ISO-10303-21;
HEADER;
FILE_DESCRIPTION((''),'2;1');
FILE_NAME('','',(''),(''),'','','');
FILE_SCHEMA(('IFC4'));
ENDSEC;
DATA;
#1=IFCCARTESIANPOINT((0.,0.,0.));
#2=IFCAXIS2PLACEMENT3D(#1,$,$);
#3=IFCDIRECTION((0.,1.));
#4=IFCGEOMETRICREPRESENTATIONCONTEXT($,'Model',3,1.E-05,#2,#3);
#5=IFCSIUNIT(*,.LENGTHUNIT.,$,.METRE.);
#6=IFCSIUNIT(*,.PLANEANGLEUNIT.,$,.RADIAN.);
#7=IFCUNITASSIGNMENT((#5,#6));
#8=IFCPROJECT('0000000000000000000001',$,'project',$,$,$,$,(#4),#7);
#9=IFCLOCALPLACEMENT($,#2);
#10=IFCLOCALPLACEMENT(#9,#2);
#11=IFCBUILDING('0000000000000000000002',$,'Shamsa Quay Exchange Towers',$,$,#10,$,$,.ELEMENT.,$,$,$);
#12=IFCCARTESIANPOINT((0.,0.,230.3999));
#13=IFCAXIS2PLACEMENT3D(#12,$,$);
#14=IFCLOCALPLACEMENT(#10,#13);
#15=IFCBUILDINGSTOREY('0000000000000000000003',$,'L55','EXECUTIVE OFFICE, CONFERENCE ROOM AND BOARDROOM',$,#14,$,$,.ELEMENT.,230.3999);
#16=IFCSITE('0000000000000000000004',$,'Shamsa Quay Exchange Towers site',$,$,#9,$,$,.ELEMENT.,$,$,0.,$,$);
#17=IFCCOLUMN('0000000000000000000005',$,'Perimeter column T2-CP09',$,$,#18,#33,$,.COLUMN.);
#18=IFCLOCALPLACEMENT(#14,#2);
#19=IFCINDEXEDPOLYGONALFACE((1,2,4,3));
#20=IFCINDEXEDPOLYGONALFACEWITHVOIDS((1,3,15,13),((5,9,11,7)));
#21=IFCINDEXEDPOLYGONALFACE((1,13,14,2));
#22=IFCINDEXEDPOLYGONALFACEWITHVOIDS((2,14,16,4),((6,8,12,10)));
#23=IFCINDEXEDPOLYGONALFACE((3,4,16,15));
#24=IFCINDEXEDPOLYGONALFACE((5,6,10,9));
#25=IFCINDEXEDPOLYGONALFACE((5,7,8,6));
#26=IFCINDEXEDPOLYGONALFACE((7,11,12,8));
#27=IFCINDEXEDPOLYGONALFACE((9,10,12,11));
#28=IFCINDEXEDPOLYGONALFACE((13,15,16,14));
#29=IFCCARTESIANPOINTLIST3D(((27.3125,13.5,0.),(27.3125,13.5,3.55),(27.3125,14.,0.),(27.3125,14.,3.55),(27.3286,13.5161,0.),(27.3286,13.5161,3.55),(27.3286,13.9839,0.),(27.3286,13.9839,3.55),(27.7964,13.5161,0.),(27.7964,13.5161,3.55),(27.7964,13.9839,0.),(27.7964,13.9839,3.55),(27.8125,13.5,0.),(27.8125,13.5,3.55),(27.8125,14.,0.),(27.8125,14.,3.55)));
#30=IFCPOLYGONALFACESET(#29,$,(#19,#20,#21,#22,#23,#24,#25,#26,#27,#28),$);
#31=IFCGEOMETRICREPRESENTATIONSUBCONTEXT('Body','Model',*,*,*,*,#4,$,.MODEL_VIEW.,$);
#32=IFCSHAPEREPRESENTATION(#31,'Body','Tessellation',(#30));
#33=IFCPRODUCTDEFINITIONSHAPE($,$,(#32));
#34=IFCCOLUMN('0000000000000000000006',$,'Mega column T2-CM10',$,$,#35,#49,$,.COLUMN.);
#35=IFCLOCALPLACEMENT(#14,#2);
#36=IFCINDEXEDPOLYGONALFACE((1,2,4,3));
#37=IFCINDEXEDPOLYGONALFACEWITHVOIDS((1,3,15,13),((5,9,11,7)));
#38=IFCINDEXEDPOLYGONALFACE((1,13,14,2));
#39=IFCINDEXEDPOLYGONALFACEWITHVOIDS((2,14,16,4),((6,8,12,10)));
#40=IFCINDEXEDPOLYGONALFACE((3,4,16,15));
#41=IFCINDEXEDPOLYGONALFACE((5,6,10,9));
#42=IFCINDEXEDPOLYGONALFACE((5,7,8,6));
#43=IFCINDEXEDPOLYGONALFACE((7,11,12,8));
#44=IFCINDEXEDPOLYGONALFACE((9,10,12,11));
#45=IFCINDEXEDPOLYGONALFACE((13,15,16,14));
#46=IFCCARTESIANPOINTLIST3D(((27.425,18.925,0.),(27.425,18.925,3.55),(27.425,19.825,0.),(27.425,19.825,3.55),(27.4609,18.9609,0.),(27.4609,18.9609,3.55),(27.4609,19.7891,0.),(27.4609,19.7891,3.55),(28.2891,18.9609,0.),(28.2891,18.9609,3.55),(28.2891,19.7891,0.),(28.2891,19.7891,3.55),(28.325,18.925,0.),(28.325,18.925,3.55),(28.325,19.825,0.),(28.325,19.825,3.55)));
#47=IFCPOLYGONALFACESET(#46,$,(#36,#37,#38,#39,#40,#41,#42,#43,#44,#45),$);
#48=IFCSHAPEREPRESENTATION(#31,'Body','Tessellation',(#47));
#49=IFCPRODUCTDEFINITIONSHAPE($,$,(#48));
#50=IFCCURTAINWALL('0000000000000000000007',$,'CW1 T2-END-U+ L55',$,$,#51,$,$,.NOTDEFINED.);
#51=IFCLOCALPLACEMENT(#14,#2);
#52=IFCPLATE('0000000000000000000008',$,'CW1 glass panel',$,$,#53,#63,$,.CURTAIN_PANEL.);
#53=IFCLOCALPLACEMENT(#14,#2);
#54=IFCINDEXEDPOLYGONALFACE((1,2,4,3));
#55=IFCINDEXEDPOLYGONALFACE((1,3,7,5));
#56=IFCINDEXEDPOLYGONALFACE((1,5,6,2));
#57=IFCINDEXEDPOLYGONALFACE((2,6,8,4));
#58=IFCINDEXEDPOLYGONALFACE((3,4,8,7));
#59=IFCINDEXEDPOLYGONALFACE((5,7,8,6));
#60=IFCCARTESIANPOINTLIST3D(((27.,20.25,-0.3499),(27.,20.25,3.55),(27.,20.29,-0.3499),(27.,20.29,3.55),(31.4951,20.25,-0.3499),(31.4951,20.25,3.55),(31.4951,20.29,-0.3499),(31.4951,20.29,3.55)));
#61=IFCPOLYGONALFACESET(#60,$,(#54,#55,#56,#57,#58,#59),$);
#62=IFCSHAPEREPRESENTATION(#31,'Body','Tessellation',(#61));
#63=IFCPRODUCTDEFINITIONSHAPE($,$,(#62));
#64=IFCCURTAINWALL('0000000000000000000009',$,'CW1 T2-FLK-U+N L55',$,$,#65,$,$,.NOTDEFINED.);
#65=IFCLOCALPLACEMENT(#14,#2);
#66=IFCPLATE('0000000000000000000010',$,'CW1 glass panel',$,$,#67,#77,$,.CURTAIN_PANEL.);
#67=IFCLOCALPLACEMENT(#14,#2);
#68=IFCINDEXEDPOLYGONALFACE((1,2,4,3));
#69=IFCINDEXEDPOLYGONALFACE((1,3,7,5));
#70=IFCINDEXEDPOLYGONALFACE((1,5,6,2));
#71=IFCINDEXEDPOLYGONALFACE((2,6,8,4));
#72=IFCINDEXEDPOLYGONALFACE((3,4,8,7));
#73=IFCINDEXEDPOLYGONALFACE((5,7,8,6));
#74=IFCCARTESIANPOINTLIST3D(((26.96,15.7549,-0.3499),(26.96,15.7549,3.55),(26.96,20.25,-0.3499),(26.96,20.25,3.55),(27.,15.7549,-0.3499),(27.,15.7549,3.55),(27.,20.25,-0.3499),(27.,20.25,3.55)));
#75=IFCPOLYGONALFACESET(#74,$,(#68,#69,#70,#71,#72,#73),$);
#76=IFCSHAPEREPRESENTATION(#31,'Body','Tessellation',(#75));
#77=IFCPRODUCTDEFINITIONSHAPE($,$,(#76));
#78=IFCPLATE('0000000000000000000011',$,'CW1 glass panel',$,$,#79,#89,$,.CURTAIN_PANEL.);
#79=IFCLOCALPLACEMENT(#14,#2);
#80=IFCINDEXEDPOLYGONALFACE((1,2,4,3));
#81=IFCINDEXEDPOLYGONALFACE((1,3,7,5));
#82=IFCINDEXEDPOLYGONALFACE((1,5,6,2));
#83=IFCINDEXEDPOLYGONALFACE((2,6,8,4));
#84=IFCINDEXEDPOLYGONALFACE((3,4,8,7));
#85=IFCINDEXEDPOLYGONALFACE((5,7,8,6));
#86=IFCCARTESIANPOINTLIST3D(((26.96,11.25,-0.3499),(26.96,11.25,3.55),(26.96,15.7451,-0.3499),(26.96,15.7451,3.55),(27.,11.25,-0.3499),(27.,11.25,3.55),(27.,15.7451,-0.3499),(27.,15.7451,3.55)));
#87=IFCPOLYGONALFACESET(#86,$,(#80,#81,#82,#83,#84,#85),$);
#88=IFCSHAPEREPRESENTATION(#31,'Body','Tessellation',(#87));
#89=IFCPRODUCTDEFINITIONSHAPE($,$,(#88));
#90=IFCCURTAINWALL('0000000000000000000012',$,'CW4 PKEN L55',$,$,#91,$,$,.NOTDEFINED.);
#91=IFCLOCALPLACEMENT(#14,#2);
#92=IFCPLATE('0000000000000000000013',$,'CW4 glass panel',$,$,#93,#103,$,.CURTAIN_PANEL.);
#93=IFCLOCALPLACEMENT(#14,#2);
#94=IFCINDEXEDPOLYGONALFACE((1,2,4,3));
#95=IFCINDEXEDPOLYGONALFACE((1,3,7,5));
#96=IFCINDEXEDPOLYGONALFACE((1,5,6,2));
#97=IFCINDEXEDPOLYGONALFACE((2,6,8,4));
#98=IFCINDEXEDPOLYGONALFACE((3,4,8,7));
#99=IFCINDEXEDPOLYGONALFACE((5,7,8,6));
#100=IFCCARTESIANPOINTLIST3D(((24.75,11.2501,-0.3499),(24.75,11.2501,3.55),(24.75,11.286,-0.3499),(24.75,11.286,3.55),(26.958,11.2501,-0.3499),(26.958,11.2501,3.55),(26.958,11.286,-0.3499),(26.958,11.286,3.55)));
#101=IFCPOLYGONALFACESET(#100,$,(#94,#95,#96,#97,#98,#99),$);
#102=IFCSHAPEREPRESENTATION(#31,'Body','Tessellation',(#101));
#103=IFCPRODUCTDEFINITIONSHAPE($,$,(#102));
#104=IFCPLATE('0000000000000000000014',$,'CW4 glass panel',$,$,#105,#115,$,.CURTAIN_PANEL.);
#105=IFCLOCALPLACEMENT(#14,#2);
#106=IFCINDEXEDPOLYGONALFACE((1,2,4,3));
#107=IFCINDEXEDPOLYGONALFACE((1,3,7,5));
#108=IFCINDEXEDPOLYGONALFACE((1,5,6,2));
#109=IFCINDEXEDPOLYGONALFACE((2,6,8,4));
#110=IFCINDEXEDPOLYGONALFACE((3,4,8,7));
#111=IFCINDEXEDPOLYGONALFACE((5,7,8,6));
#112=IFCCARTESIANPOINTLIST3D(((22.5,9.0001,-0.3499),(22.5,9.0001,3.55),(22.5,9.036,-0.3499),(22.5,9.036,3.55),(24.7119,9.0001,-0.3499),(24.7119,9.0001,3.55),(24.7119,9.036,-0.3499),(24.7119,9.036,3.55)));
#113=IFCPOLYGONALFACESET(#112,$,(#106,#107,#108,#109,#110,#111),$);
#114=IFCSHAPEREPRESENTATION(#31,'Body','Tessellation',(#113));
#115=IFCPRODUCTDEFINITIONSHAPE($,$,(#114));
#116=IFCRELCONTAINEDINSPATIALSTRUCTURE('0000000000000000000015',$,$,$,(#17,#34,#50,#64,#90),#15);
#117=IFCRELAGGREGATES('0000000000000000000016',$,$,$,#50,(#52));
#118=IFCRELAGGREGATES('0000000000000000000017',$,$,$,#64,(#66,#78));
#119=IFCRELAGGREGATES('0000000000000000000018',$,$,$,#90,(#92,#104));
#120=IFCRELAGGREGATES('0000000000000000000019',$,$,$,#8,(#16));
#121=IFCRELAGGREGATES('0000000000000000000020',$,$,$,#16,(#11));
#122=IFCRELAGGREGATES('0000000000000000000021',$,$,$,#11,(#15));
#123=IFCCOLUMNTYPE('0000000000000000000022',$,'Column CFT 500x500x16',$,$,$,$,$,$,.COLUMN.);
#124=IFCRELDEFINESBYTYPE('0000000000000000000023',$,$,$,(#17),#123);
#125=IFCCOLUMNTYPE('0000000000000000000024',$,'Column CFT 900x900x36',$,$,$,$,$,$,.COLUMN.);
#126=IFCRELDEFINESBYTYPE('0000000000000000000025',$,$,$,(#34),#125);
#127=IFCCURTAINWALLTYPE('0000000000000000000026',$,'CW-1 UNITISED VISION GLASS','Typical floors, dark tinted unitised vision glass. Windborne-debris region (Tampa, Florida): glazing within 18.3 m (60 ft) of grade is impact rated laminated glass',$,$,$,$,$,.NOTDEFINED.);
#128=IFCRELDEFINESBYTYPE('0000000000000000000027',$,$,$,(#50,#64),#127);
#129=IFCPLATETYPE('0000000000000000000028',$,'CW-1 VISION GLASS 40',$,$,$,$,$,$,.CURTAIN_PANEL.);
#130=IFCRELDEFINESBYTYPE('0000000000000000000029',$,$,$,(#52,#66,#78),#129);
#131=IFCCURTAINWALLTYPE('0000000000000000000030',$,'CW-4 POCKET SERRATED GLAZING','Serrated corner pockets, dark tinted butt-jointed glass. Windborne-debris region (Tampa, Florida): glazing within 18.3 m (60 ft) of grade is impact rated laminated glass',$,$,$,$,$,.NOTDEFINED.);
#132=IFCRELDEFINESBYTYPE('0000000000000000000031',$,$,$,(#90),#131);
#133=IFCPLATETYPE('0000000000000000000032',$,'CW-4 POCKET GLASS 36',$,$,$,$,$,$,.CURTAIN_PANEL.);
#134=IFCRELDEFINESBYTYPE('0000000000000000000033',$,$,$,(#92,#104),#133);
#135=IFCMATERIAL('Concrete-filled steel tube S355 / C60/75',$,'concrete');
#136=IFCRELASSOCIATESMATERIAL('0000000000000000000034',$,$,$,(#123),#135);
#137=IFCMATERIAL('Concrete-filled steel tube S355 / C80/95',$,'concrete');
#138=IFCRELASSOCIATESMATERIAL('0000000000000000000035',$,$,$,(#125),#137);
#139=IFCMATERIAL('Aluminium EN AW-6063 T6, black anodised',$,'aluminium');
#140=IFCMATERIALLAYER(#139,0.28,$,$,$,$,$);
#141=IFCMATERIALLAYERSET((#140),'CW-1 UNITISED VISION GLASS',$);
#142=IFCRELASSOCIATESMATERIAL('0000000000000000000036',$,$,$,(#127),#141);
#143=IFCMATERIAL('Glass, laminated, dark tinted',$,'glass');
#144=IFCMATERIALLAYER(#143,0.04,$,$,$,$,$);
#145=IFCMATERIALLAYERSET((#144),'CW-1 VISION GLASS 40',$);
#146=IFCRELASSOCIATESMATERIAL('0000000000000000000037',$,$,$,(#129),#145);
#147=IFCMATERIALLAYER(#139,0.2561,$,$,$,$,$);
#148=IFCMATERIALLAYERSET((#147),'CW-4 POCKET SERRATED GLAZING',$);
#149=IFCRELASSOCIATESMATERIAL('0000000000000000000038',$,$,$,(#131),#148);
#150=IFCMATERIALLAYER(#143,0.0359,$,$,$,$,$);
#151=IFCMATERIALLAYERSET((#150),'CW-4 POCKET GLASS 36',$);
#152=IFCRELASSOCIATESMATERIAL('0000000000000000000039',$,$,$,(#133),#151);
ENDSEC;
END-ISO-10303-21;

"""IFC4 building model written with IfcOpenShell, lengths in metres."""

from ifc_helpers import new_model, si_unit, direction, frame, origin, origin_2d, place, context, subcontext, project, spatial, rectangle, hollow_rectangle, extrude, material, layer, layer_set, material_profile, profile_set, type_object, element, aggregate, save


model = new_model("IFC4")

# Units and contexts
model_context = context("Model", 3, precision=1e-05, world=origin(), true_north=direction((0.0, 1.0)))
body_context = subcontext(model_context, "Body", "Model", "MODEL_VIEW")
ifc_project = project(units=[si_unit("LENGTHUNIT", "METRE"), si_unit("PLANEANGLEUNIT", "RADIAN")], contexts=[model_context])

# Site, building, storey
site_placement = place(None, origin())
site = spatial("IfcSite", under=ifc_project, at=site_placement, Name="Shamsa Quay Exchange Towers site", CompositionType="ELEMENT", RefElevation=0.0)
building_placement = place(site_placement, origin())
building = spatial("IfcBuilding", under=site, at=building_placement, Name="Shamsa Quay Exchange Towers", CompositionType="ELEMENT")
storey_placement = place(building_placement, frame((0.0, 0.0, 230.3999)))
storey = spatial("IfcBuildingStorey", under=building, at=storey_placement, Name="L55", Description="EXECUTIVE OFFICE, CONFERENCE ROOM AND BOARDROOM", CompositionType="ELEMENT", Elevation=230.3999)

# Columns
ifc_material_1 = material(Name="Concrete-filled steel tube S355 / C60/75", Category="concrete")
ifc_material_profile_1 = material_profile(ifc_material_1, hollow_rectangle(XDim=0.5, YDim=0.5, WallThickness=0.0161, at=origin_2d()), Name="CFT 500x500x16")
ifc_profile_set_1 = profile_set([ifc_material_profile_1], Name="Concrete-filled steel tube S355 / C60/75")
column_type_1 = type_object("IfcColumnType", Name="Column CFT 500x500x16", PredefinedType="COLUMN", material=ifc_profile_set_1)
column_1_placement = place(storey_placement, frame((27.5625, 13.75, 0.0)))
element("IfcColumn", 1, at=column_1_placement, inside=storey, type_object=column_type_1, Name="Perimeter column T2-CP09", PredefinedType="COLUMN", context=body_context, shape_type="SweptSolid", body=[
    extrude(hollow_rectangle(XDim=0.5, YDim=0.5, WallThickness=0.0161, at=origin_2d()), origin(), (0.0, 0.0, 1.0), 3.55),
])
ifc_material_2 = material(Name="Concrete-filled steel tube S355 / C80/95", Category="concrete")
ifc_material_profile_2 = material_profile(ifc_material_2, hollow_rectangle(XDim=0.8999, YDim=0.8999, WallThickness=0.0359, at=origin_2d()), Name="CFT 900x900x36")
ifc_profile_set_2 = profile_set([ifc_material_profile_2], Name="Concrete-filled steel tube S355 / C80/95")
column_type_2 = type_object("IfcColumnType", Name="Column CFT 900x900x36", PredefinedType="COLUMN", material=ifc_profile_set_2)
column_2_placement = place(storey_placement, frame((27.875, 19.375, 0.0)))
element("IfcColumn", 2, at=column_2_placement, inside=storey, type_object=column_type_2, Name="Mega column T2-CM10", PredefinedType="COLUMN", context=body_context, shape_type="SweptSolid", body=[
    extrude(hollow_rectangle(XDim=0.8999, YDim=0.8999, WallThickness=0.0359, at=origin_2d()), origin(), (0.0, 0.0, 1.0), 3.55),
])

# Curtain wall, plate
ifc_material_3 = material(Name="Aluminium EN AW-6063 T6, black anodised", Category="aluminium")
ifc_layer_1 = layer(ifc_material_3, 0.28)
ifc_layer_set_1 = layer_set([ifc_layer_1], Name="CW-1 UNITISED VISION GLASS")
curtain_wall_type_1 = type_object("IfcCurtainWallType", Name="CW-1 UNITISED VISION GLASS", Description="Typical floors, dark tinted unitised vision glass. Windborne-debris region (Tampa, Florida): glazing within 18.3 m (60 ft) of grade is impact rated laminated glass", PredefinedType="NOTDEFINED", material=ifc_layer_set_1)
curtain_wall_1_placement = place(storey_placement, origin())
curtain_wall_1 = element("IfcCurtainWall", 3, at=curtain_wall_1_placement, inside=storey, type_object=curtain_wall_type_1, Name="CW1 T2-END-U+ L55", PredefinedType="NOTDEFINED")
ifc_material_4 = material(Name="Glass, laminated, dark tinted", Category="glass")
ifc_layer_2 = layer(ifc_material_4, 0.04)
ifc_layer_set_2 = layer_set([ifc_layer_2], Name="CW-1 VISION GLASS 40")
plate_type_1 = type_object("IfcPlateType", Name="CW-1 VISION GLASS 40", PredefinedType="CURTAIN_PANEL", material=ifc_layer_set_2)
plate_1_placement = place(storey_placement, frame((29.2476, 20.27, -0.3499), z_axis=(0.0, 0.0, 1.0), x_axis=(-1.0, 0.0, 0.0)))
plate_1 = element("IfcPlate", 4, at=plate_1_placement, type_object=plate_type_1, Name="CW1 glass panel", PredefinedType="CURTAIN_PANEL", context=body_context, shape_type="SweptSolid", body=[
    extrude(rectangle(XDim=4.4951, YDim=0.04, at=origin_2d()), origin(), (0.0, 0.0, 1.0), 3.8999),
])
aggregate(curtain_wall_1, [plate_1])

# Curtain walls, plates
curtain_wall_2_placement = place(storey_placement, origin())
curtain_wall_2 = element("IfcCurtainWall", 5, at=curtain_wall_2_placement, inside=storey, type_object=curtain_wall_type_1, Name="CW1 T2-FLK-U+N L55", PredefinedType="NOTDEFINED")
plate_2_placement = place(storey_placement, frame((26.98, 18.0024, -0.3499), z_axis=(0.0, 0.0, 1.0), x_axis=(0.0, -1.0, 0.0)))
plate_2 = element("IfcPlate", 6, at=plate_2_placement, type_object=plate_type_1, Name="CW1 glass panel", PredefinedType="CURTAIN_PANEL", context=body_context, shape_type="SweptSolid", body=[
    extrude(rectangle(XDim=4.4951, YDim=0.04, at=origin_2d()), origin(), (0.0, 0.0, 1.0), 3.8999),
])
plate_3_placement = place(storey_placement, frame((26.98, 13.4976, -0.3499), z_axis=(0.0, 0.0, 1.0), x_axis=(0.0, -1.0, 0.0)))
plate_3 = element("IfcPlate", 7, at=plate_3_placement, type_object=plate_type_1, Name="CW1 glass panel", PredefinedType="CURTAIN_PANEL", context=body_context, shape_type="SweptSolid", body=[
    extrude(rectangle(XDim=4.4951, YDim=0.04, at=origin_2d()), origin(), (0.0, 0.0, 1.0), 3.8999),
])
aggregate(curtain_wall_2, [plate_2, plate_3])
ifc_layer_3 = layer(ifc_material_3, 0.2561)
ifc_layer_set_3 = layer_set([ifc_layer_3], Name="CW-4 POCKET SERRATED GLAZING")
curtain_wall_type_2 = type_object("IfcCurtainWallType", Name="CW-4 POCKET SERRATED GLAZING", Description="Serrated corner pockets, dark tinted butt-jointed glass. Windborne-debris region (Tampa, Florida): glazing within 18.3 m (60 ft) of grade is impact rated laminated glass", PredefinedType="NOTDEFINED", material=ifc_layer_set_3)
curtain_wall_3_placement = place(storey_placement, origin())
curtain_wall_3 = element("IfcCurtainWall", 8, at=curtain_wall_3_placement, inside=storey, type_object=curtain_wall_type_2, Name="CW4 PKEN L55", PredefinedType="NOTDEFINED")
ifc_layer_4 = layer(ifc_material_4, 0.0359)
ifc_layer_set_4 = layer_set([ifc_layer_4], Name="CW-4 POCKET GLASS 36")
plate_type_2 = type_object("IfcPlateType", Name="CW-4 POCKET GLASS 36", PredefinedType="CURTAIN_PANEL", material=ifc_layer_set_4)
plate_4_placement = place(storey_placement, frame((25.854, 11.2681, -0.3499), z_axis=(0.0, 0.0, 1.0), x_axis=(-1.0, 0.0, 0.0)))
plate_4 = element("IfcPlate", 9, at=plate_4_placement, type_object=plate_type_2, Name="CW4 glass panel", PredefinedType="CURTAIN_PANEL", context=body_context, shape_type="SweptSolid", body=[
    extrude(rectangle(XDim=2.208, YDim=0.0359, at=origin_2d()), origin(), (0.0, 0.0, 1.0), 3.8999),
])
plate_5_placement = place(storey_placement, frame((23.606, 9.0181, -0.3499), z_axis=(0.0, 0.0, 1.0), x_axis=(-1.0, 0.0, 0.0)))
plate_5 = element("IfcPlate", 10, at=plate_5_placement, type_object=plate_type_2, Name="CW4 glass panel", PredefinedType="CURTAIN_PANEL", context=body_context, shape_type="SweptSolid", body=[
    extrude(rectangle(XDim=2.2119, YDim=0.0359, at=origin_2d()), origin(), (0.0, 0.0, 1.0), 3.8999),
])
aggregate(curtain_wall_3, [plate_4, plate_5])

save(model, "model.ifc")
